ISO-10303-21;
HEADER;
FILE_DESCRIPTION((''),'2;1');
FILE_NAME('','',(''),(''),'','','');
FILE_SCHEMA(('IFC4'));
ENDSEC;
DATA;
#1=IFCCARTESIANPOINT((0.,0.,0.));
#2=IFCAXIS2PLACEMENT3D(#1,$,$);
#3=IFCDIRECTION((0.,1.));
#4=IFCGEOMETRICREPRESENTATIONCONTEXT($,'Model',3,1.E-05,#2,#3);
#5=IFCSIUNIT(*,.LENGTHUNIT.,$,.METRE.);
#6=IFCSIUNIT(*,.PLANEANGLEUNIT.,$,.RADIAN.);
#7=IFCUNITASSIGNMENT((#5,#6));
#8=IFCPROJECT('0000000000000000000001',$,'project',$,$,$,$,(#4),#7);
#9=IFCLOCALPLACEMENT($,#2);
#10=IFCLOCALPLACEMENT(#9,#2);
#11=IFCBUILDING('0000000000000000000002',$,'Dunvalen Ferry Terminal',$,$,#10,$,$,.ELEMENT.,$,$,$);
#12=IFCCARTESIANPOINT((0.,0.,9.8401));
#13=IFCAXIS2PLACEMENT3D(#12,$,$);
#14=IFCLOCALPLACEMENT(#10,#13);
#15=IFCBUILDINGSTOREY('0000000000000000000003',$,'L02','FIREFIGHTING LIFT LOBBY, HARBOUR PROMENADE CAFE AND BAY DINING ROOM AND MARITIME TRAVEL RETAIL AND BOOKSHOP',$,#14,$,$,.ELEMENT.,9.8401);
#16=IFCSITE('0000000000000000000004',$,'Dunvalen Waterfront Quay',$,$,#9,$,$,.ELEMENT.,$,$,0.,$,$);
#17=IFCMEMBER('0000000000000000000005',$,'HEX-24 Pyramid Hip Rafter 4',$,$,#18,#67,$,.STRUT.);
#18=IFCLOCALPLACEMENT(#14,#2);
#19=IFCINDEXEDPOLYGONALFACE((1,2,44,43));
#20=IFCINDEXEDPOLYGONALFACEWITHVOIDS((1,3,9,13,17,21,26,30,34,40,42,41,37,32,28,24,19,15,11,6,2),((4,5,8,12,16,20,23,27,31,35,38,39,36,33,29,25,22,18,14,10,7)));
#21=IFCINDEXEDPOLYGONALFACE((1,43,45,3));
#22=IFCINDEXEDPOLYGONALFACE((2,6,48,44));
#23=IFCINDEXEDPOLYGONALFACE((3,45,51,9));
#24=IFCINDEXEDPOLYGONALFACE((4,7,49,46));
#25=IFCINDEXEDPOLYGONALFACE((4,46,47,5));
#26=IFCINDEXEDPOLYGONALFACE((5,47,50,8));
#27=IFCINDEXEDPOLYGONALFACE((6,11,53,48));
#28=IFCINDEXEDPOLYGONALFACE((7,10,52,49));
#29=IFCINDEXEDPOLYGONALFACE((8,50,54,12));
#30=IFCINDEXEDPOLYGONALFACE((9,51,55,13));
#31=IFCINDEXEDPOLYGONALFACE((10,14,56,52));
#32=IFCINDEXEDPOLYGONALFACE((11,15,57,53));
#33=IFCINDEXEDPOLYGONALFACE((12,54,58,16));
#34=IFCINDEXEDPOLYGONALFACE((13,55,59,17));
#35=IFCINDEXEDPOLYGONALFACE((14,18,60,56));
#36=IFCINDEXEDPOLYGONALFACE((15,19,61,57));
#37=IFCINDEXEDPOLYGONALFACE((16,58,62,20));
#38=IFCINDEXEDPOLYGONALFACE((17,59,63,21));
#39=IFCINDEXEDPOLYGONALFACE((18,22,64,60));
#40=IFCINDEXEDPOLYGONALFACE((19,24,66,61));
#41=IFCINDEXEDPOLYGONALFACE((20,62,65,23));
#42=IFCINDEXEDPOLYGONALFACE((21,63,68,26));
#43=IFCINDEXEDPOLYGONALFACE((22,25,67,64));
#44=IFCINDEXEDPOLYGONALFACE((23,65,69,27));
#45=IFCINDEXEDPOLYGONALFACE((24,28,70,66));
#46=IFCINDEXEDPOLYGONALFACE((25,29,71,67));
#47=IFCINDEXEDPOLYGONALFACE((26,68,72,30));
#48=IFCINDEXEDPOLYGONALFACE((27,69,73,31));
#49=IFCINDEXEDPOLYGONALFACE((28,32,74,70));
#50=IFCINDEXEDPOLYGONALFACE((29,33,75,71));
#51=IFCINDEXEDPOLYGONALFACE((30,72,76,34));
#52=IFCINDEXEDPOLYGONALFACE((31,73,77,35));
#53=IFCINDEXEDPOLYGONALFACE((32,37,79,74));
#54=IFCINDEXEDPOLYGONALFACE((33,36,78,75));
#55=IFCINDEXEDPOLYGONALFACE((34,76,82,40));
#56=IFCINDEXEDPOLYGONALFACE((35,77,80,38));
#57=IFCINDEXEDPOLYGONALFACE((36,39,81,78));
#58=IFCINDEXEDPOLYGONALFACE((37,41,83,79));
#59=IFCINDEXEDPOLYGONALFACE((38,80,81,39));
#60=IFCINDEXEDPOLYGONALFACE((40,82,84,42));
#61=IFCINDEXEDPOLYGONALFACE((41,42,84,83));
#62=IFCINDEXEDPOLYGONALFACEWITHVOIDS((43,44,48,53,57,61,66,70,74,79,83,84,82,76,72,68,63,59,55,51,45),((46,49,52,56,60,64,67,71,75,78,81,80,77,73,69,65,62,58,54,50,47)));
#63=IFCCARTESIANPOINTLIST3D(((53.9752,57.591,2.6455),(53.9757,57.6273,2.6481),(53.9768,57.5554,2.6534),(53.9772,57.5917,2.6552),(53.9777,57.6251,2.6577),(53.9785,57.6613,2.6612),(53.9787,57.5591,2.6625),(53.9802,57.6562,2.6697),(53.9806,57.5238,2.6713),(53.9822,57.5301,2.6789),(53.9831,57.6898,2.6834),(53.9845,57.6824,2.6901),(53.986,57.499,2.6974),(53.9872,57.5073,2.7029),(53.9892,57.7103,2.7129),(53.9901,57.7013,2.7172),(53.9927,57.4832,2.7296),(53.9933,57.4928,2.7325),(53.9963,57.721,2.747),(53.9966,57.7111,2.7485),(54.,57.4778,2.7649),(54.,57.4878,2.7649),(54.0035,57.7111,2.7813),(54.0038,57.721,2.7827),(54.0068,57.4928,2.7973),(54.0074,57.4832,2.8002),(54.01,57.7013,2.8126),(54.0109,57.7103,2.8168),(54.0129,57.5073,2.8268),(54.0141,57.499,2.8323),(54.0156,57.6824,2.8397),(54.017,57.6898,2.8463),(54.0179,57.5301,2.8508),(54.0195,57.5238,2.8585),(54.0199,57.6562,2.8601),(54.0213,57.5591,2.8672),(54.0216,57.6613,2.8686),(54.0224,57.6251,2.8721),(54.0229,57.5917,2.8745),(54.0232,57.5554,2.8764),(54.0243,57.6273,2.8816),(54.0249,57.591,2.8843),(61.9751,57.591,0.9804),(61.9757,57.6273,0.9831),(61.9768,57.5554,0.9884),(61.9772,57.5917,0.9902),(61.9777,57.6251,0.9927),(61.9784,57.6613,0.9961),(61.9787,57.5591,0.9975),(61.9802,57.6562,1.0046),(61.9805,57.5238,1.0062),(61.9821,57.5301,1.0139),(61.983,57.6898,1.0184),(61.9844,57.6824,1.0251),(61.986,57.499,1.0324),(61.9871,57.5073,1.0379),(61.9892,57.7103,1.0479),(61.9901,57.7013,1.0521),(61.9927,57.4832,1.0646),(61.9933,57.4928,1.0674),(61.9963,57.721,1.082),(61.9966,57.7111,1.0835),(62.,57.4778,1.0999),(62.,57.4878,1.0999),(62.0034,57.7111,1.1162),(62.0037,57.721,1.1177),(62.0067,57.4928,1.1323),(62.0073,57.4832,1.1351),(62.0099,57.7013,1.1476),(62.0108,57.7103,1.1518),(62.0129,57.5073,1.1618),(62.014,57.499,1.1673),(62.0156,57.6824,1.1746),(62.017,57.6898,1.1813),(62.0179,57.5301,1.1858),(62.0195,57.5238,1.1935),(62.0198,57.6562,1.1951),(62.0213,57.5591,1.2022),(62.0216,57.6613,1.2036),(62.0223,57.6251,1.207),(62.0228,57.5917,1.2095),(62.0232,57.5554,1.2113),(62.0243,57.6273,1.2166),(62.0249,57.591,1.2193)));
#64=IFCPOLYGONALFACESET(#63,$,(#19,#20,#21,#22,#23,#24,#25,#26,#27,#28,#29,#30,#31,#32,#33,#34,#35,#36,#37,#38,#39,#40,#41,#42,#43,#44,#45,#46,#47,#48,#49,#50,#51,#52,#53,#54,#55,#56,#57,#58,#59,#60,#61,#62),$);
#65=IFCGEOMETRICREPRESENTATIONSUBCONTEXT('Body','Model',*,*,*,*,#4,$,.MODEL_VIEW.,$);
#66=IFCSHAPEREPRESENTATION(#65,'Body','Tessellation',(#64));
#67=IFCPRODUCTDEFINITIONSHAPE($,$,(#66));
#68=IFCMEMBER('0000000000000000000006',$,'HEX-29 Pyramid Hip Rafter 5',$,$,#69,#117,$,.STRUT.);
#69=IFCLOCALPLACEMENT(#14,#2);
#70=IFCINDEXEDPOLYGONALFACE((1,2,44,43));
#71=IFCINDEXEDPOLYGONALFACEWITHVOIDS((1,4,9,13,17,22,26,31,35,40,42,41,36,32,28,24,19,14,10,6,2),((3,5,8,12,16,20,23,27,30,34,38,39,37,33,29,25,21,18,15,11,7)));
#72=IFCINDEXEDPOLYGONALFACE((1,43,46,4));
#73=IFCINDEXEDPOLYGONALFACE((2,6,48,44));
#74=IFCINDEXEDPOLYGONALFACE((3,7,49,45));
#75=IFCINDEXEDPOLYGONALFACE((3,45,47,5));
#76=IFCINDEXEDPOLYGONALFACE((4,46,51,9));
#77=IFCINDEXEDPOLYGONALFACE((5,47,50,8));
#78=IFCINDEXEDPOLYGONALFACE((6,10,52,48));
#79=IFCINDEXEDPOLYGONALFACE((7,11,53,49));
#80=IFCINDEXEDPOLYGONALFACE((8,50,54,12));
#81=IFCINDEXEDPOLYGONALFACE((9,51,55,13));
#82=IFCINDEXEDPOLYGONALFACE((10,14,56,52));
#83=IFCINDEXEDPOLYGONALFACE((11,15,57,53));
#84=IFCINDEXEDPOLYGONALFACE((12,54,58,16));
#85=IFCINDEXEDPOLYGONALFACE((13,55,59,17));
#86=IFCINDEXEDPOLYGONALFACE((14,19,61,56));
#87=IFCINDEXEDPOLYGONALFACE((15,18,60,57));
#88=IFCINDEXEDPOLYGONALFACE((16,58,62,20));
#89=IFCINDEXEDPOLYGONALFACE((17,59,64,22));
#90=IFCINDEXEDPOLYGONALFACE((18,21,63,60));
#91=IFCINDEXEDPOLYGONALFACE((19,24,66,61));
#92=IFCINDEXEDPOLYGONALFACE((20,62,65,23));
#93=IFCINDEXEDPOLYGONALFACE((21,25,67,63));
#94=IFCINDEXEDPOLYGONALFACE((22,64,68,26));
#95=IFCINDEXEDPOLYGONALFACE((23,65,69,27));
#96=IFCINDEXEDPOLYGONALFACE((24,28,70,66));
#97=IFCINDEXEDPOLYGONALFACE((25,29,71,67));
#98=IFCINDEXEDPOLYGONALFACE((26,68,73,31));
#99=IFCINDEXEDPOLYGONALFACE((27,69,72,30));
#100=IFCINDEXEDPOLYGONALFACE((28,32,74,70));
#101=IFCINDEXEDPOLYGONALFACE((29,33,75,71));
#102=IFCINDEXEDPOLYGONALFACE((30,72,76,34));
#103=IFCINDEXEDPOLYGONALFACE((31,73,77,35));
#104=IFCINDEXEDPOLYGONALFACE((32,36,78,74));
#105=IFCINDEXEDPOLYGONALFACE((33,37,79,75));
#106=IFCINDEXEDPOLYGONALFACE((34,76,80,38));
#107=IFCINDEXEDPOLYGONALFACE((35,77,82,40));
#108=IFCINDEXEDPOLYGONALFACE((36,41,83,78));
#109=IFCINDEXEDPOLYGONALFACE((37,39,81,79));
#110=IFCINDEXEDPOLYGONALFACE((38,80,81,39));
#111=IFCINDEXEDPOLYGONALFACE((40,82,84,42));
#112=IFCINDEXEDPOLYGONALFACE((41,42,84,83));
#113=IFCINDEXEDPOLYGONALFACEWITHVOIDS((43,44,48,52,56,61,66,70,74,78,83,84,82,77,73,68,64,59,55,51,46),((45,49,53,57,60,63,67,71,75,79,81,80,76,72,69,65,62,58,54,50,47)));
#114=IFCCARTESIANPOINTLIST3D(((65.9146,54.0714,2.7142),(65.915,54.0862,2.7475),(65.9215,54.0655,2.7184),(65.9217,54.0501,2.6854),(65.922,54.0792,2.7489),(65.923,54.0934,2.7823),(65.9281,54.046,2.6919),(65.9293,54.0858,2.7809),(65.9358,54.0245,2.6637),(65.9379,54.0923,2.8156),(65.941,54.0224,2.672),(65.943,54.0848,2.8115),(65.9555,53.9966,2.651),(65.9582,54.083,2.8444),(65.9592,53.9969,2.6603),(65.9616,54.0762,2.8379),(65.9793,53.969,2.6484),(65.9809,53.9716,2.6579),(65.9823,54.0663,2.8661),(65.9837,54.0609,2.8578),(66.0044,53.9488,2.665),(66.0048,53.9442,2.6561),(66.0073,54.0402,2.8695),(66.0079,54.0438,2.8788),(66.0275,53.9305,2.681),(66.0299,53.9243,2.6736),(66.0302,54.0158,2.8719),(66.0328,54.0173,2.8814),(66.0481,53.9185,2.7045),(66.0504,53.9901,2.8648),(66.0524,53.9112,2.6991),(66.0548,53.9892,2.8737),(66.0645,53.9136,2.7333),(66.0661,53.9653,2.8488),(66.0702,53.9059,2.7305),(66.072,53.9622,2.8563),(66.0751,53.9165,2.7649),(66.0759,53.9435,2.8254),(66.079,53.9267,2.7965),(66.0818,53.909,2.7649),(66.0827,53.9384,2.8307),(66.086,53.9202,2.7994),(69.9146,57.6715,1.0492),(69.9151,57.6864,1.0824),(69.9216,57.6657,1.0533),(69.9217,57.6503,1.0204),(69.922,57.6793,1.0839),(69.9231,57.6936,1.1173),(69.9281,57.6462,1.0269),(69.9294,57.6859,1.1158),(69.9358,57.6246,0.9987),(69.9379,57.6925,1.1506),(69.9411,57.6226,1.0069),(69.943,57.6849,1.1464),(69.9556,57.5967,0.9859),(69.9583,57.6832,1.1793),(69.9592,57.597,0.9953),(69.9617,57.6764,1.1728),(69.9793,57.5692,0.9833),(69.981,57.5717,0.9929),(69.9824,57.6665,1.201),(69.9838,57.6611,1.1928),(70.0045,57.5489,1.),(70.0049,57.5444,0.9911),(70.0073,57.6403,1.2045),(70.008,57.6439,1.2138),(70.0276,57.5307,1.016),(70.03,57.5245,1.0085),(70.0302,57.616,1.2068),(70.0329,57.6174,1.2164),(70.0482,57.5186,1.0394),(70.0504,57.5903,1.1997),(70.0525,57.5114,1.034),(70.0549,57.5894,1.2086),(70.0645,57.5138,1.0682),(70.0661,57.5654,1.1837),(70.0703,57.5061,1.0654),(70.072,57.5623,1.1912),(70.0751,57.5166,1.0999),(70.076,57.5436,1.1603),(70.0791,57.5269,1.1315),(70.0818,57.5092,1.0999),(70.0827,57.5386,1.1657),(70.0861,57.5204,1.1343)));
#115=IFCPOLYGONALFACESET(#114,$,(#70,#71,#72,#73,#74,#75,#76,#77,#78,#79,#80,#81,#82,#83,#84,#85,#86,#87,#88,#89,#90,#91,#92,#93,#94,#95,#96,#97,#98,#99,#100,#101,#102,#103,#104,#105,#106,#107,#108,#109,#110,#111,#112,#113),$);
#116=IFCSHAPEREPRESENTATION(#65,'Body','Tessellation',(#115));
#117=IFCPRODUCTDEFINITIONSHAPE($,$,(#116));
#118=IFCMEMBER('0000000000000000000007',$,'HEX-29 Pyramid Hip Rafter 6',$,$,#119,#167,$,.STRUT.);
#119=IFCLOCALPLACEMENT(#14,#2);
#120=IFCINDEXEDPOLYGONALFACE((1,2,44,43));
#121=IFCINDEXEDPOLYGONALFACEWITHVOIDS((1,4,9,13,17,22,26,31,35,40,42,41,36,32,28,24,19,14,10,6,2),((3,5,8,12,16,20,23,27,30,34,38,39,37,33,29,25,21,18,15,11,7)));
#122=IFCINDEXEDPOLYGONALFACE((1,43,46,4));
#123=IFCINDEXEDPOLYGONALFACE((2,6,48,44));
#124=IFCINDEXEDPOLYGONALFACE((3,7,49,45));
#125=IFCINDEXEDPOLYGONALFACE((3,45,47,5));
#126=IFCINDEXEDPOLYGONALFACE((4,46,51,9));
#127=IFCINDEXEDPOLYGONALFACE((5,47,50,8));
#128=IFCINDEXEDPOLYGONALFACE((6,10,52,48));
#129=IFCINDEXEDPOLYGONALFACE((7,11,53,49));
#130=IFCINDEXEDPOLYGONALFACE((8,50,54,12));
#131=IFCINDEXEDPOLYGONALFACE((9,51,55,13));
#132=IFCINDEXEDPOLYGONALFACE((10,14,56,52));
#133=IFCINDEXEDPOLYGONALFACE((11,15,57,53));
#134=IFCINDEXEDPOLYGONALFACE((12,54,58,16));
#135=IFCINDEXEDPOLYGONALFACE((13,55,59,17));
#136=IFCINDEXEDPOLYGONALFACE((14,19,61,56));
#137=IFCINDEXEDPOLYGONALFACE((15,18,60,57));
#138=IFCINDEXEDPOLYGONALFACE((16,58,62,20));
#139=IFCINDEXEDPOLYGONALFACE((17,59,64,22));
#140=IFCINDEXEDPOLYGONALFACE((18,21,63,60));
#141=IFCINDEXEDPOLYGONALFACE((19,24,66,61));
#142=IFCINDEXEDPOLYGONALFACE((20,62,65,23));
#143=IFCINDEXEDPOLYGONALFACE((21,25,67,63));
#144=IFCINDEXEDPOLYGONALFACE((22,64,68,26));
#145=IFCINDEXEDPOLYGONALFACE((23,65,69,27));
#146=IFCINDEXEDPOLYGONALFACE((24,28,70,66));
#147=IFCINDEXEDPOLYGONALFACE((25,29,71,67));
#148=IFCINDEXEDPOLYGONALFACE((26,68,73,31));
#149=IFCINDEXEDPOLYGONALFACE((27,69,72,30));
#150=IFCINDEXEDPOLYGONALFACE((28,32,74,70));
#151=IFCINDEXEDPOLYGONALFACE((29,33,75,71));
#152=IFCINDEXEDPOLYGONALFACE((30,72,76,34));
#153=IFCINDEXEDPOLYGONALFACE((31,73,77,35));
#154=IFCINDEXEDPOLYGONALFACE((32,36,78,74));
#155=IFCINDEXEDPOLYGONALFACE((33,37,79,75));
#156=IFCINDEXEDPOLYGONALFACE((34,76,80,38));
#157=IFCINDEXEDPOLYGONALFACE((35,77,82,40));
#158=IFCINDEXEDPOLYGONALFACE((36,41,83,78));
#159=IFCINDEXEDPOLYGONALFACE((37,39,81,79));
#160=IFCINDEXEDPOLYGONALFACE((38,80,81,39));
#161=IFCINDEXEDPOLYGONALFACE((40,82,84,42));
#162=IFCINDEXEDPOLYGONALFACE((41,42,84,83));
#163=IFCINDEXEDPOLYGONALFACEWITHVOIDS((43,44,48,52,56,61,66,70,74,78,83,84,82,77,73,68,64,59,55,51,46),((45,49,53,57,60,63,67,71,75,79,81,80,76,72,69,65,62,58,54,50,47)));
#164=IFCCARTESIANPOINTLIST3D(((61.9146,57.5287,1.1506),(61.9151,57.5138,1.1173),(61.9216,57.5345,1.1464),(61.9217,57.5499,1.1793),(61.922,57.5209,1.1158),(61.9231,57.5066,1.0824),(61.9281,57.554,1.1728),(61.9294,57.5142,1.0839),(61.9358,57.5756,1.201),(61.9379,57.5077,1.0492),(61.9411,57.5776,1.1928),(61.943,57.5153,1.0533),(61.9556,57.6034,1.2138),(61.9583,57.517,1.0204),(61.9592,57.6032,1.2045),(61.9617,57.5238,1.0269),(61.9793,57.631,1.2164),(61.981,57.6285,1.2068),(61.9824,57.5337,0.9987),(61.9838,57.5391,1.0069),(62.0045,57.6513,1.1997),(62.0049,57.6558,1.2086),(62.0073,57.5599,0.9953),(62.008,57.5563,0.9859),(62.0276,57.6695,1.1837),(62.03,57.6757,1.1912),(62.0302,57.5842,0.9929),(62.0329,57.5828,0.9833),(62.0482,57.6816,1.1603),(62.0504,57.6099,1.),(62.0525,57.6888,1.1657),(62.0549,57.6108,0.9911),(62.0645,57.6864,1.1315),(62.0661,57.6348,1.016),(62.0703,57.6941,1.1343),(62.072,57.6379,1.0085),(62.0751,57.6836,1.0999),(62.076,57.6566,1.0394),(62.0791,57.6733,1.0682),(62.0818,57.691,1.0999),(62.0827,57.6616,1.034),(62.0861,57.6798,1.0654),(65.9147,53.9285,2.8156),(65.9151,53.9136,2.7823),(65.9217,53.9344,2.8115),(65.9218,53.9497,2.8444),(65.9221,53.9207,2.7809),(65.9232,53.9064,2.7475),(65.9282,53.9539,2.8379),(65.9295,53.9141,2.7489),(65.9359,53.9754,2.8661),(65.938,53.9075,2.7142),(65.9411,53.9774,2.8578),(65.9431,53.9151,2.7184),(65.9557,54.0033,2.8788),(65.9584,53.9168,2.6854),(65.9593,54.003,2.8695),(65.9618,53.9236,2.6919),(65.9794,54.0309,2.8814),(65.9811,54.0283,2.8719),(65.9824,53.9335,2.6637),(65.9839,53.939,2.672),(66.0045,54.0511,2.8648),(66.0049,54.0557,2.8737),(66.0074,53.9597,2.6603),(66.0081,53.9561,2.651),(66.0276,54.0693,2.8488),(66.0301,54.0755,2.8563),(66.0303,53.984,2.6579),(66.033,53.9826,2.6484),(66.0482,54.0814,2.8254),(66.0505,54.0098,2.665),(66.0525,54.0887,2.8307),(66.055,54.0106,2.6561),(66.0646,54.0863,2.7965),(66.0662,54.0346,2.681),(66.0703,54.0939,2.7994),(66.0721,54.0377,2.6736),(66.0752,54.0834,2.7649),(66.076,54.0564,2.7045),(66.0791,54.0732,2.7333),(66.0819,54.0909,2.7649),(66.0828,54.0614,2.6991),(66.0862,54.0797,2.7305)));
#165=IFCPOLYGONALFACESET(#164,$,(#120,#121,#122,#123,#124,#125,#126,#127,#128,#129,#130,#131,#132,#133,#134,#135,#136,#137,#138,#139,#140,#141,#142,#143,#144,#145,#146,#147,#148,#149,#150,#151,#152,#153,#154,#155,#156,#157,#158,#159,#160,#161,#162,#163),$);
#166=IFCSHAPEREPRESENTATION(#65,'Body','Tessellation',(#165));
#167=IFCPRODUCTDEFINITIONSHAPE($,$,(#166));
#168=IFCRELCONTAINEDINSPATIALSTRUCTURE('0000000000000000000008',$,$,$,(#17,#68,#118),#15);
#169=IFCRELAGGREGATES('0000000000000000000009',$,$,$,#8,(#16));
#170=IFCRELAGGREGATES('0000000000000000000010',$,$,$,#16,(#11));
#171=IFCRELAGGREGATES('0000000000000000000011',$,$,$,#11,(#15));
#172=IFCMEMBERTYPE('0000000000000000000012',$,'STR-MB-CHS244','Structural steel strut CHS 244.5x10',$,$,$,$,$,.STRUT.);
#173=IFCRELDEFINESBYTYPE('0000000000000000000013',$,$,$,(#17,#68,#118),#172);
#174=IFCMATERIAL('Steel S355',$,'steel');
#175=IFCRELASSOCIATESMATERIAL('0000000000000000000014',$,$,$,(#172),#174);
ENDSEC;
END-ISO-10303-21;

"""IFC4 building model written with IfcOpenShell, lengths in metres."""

from ifc_helpers import new_model, si_unit, direction, frame, origin, origin_2d, place, context, subcontext, project, spatial, hollow_circle, extrude, material, material_profile, profile_set, type_object, element, save


model = new_model("IFC4")

# Units and contexts
model_context = context("Model", 3, precision=1e-05, world=origin(), true_north=direction((0.0, 1.0)))
body_context = subcontext(model_context, "Body", "Model", "MODEL_VIEW")
ifc_project = project(units=[si_unit("LENGTHUNIT", "METRE"), si_unit("PLANEANGLEUNIT", "RADIAN")], contexts=[model_context])

# Site, building, storey
site_placement = place(None, origin())
site = spatial("IfcSite", under=ifc_project, at=site_placement, Name="Dunvalen Waterfront Quay", CompositionType="ELEMENT", RefElevation=0.0)
building_placement = place(site_placement, origin())
building = spatial("IfcBuilding", under=site, at=building_placement, Name="Dunvalen Ferry Terminal", CompositionType="ELEMENT")
storey_placement = place(building_placement, frame((0.0, 0.0, 9.8401)))
storey = spatial("IfcBuildingStorey", under=building, at=storey_placement, Name="L02", Description="FIREFIGHTING LIFT LOBBY, HARBOUR PROMENADE CAFE AND BAY DINING ROOM AND MARITIME TRAVEL RETAIL AND BOOKSHOP", CompositionType="ELEMENT", Elevation=9.8401)

# Shared definitions
ifc_material_1 = material(Name="Steel S355", Category="steel")

# Members
ifc_material_profile_1 = material_profile(ifc_material_1, hollow_circle(Radius=0.1223, WallThickness=0.01, at=origin_2d()), Name="Steel S355")
ifc_profile_set_1 = profile_set([ifc_material_profile_1], Name="Steel S355")
member_type_1 = type_object("IfcMemberType", Name="STR-MB-CHS244", Description="Structural steel strut CHS 244.5x10", PredefinedType="STRUT", material=ifc_profile_set_1)
member_1_placement = place(storey_placement, frame((62.0, 57.6001, 1.0999), z_axis=(-0.97902, 0.0, 0.203763), x_axis=(0.0, -1.0, 0.0)))
element("IfcMember", 1, at=member_1_placement, inside=storey, type_object=member_type_1, Name="HEX-24 Pyramid Hip Rafter 4", PredefinedType="STRUT", context=body_context, shape_type="SweptSolid", body=[
    extrude(hollow_circle(Radius=0.1223, WallThickness=0.01, at=origin_2d()), origin(), (0.0, 0.0, 1.0), 8.1714),
])
for number, where, z_axis, x_axis, name in (
    (2, (70.0, 57.6001, 1.0999), (-0.710075, -0.639085, 0.295576), (0.668975, -0.743285, 0.0), "HEX-29 Pyramid Hip Rafter 5"),
    (3, (62.0, 57.6001, 1.0999), (0.710075, -0.639085, 0.295576), (0.668975, 0.743285, 0.0), "HEX-29 Pyramid Hip Rafter 6"),
):
    element("IfcMember", number, at=place(storey_placement, frame(where, z_axis=z_axis, x_axis=x_axis)), inside=storey, type_object=member_type_1, Name=name, PredefinedType="STRUT", context=body_context, shape_type="SweptSolid", body=[
        extrude(hollow_circle(Radius=0.1223, WallThickness=0.01, at=origin_2d()), origin(), (0.0, 0.0, 1.0), 5.6333),
    ])

save(model, "model.ifc")
